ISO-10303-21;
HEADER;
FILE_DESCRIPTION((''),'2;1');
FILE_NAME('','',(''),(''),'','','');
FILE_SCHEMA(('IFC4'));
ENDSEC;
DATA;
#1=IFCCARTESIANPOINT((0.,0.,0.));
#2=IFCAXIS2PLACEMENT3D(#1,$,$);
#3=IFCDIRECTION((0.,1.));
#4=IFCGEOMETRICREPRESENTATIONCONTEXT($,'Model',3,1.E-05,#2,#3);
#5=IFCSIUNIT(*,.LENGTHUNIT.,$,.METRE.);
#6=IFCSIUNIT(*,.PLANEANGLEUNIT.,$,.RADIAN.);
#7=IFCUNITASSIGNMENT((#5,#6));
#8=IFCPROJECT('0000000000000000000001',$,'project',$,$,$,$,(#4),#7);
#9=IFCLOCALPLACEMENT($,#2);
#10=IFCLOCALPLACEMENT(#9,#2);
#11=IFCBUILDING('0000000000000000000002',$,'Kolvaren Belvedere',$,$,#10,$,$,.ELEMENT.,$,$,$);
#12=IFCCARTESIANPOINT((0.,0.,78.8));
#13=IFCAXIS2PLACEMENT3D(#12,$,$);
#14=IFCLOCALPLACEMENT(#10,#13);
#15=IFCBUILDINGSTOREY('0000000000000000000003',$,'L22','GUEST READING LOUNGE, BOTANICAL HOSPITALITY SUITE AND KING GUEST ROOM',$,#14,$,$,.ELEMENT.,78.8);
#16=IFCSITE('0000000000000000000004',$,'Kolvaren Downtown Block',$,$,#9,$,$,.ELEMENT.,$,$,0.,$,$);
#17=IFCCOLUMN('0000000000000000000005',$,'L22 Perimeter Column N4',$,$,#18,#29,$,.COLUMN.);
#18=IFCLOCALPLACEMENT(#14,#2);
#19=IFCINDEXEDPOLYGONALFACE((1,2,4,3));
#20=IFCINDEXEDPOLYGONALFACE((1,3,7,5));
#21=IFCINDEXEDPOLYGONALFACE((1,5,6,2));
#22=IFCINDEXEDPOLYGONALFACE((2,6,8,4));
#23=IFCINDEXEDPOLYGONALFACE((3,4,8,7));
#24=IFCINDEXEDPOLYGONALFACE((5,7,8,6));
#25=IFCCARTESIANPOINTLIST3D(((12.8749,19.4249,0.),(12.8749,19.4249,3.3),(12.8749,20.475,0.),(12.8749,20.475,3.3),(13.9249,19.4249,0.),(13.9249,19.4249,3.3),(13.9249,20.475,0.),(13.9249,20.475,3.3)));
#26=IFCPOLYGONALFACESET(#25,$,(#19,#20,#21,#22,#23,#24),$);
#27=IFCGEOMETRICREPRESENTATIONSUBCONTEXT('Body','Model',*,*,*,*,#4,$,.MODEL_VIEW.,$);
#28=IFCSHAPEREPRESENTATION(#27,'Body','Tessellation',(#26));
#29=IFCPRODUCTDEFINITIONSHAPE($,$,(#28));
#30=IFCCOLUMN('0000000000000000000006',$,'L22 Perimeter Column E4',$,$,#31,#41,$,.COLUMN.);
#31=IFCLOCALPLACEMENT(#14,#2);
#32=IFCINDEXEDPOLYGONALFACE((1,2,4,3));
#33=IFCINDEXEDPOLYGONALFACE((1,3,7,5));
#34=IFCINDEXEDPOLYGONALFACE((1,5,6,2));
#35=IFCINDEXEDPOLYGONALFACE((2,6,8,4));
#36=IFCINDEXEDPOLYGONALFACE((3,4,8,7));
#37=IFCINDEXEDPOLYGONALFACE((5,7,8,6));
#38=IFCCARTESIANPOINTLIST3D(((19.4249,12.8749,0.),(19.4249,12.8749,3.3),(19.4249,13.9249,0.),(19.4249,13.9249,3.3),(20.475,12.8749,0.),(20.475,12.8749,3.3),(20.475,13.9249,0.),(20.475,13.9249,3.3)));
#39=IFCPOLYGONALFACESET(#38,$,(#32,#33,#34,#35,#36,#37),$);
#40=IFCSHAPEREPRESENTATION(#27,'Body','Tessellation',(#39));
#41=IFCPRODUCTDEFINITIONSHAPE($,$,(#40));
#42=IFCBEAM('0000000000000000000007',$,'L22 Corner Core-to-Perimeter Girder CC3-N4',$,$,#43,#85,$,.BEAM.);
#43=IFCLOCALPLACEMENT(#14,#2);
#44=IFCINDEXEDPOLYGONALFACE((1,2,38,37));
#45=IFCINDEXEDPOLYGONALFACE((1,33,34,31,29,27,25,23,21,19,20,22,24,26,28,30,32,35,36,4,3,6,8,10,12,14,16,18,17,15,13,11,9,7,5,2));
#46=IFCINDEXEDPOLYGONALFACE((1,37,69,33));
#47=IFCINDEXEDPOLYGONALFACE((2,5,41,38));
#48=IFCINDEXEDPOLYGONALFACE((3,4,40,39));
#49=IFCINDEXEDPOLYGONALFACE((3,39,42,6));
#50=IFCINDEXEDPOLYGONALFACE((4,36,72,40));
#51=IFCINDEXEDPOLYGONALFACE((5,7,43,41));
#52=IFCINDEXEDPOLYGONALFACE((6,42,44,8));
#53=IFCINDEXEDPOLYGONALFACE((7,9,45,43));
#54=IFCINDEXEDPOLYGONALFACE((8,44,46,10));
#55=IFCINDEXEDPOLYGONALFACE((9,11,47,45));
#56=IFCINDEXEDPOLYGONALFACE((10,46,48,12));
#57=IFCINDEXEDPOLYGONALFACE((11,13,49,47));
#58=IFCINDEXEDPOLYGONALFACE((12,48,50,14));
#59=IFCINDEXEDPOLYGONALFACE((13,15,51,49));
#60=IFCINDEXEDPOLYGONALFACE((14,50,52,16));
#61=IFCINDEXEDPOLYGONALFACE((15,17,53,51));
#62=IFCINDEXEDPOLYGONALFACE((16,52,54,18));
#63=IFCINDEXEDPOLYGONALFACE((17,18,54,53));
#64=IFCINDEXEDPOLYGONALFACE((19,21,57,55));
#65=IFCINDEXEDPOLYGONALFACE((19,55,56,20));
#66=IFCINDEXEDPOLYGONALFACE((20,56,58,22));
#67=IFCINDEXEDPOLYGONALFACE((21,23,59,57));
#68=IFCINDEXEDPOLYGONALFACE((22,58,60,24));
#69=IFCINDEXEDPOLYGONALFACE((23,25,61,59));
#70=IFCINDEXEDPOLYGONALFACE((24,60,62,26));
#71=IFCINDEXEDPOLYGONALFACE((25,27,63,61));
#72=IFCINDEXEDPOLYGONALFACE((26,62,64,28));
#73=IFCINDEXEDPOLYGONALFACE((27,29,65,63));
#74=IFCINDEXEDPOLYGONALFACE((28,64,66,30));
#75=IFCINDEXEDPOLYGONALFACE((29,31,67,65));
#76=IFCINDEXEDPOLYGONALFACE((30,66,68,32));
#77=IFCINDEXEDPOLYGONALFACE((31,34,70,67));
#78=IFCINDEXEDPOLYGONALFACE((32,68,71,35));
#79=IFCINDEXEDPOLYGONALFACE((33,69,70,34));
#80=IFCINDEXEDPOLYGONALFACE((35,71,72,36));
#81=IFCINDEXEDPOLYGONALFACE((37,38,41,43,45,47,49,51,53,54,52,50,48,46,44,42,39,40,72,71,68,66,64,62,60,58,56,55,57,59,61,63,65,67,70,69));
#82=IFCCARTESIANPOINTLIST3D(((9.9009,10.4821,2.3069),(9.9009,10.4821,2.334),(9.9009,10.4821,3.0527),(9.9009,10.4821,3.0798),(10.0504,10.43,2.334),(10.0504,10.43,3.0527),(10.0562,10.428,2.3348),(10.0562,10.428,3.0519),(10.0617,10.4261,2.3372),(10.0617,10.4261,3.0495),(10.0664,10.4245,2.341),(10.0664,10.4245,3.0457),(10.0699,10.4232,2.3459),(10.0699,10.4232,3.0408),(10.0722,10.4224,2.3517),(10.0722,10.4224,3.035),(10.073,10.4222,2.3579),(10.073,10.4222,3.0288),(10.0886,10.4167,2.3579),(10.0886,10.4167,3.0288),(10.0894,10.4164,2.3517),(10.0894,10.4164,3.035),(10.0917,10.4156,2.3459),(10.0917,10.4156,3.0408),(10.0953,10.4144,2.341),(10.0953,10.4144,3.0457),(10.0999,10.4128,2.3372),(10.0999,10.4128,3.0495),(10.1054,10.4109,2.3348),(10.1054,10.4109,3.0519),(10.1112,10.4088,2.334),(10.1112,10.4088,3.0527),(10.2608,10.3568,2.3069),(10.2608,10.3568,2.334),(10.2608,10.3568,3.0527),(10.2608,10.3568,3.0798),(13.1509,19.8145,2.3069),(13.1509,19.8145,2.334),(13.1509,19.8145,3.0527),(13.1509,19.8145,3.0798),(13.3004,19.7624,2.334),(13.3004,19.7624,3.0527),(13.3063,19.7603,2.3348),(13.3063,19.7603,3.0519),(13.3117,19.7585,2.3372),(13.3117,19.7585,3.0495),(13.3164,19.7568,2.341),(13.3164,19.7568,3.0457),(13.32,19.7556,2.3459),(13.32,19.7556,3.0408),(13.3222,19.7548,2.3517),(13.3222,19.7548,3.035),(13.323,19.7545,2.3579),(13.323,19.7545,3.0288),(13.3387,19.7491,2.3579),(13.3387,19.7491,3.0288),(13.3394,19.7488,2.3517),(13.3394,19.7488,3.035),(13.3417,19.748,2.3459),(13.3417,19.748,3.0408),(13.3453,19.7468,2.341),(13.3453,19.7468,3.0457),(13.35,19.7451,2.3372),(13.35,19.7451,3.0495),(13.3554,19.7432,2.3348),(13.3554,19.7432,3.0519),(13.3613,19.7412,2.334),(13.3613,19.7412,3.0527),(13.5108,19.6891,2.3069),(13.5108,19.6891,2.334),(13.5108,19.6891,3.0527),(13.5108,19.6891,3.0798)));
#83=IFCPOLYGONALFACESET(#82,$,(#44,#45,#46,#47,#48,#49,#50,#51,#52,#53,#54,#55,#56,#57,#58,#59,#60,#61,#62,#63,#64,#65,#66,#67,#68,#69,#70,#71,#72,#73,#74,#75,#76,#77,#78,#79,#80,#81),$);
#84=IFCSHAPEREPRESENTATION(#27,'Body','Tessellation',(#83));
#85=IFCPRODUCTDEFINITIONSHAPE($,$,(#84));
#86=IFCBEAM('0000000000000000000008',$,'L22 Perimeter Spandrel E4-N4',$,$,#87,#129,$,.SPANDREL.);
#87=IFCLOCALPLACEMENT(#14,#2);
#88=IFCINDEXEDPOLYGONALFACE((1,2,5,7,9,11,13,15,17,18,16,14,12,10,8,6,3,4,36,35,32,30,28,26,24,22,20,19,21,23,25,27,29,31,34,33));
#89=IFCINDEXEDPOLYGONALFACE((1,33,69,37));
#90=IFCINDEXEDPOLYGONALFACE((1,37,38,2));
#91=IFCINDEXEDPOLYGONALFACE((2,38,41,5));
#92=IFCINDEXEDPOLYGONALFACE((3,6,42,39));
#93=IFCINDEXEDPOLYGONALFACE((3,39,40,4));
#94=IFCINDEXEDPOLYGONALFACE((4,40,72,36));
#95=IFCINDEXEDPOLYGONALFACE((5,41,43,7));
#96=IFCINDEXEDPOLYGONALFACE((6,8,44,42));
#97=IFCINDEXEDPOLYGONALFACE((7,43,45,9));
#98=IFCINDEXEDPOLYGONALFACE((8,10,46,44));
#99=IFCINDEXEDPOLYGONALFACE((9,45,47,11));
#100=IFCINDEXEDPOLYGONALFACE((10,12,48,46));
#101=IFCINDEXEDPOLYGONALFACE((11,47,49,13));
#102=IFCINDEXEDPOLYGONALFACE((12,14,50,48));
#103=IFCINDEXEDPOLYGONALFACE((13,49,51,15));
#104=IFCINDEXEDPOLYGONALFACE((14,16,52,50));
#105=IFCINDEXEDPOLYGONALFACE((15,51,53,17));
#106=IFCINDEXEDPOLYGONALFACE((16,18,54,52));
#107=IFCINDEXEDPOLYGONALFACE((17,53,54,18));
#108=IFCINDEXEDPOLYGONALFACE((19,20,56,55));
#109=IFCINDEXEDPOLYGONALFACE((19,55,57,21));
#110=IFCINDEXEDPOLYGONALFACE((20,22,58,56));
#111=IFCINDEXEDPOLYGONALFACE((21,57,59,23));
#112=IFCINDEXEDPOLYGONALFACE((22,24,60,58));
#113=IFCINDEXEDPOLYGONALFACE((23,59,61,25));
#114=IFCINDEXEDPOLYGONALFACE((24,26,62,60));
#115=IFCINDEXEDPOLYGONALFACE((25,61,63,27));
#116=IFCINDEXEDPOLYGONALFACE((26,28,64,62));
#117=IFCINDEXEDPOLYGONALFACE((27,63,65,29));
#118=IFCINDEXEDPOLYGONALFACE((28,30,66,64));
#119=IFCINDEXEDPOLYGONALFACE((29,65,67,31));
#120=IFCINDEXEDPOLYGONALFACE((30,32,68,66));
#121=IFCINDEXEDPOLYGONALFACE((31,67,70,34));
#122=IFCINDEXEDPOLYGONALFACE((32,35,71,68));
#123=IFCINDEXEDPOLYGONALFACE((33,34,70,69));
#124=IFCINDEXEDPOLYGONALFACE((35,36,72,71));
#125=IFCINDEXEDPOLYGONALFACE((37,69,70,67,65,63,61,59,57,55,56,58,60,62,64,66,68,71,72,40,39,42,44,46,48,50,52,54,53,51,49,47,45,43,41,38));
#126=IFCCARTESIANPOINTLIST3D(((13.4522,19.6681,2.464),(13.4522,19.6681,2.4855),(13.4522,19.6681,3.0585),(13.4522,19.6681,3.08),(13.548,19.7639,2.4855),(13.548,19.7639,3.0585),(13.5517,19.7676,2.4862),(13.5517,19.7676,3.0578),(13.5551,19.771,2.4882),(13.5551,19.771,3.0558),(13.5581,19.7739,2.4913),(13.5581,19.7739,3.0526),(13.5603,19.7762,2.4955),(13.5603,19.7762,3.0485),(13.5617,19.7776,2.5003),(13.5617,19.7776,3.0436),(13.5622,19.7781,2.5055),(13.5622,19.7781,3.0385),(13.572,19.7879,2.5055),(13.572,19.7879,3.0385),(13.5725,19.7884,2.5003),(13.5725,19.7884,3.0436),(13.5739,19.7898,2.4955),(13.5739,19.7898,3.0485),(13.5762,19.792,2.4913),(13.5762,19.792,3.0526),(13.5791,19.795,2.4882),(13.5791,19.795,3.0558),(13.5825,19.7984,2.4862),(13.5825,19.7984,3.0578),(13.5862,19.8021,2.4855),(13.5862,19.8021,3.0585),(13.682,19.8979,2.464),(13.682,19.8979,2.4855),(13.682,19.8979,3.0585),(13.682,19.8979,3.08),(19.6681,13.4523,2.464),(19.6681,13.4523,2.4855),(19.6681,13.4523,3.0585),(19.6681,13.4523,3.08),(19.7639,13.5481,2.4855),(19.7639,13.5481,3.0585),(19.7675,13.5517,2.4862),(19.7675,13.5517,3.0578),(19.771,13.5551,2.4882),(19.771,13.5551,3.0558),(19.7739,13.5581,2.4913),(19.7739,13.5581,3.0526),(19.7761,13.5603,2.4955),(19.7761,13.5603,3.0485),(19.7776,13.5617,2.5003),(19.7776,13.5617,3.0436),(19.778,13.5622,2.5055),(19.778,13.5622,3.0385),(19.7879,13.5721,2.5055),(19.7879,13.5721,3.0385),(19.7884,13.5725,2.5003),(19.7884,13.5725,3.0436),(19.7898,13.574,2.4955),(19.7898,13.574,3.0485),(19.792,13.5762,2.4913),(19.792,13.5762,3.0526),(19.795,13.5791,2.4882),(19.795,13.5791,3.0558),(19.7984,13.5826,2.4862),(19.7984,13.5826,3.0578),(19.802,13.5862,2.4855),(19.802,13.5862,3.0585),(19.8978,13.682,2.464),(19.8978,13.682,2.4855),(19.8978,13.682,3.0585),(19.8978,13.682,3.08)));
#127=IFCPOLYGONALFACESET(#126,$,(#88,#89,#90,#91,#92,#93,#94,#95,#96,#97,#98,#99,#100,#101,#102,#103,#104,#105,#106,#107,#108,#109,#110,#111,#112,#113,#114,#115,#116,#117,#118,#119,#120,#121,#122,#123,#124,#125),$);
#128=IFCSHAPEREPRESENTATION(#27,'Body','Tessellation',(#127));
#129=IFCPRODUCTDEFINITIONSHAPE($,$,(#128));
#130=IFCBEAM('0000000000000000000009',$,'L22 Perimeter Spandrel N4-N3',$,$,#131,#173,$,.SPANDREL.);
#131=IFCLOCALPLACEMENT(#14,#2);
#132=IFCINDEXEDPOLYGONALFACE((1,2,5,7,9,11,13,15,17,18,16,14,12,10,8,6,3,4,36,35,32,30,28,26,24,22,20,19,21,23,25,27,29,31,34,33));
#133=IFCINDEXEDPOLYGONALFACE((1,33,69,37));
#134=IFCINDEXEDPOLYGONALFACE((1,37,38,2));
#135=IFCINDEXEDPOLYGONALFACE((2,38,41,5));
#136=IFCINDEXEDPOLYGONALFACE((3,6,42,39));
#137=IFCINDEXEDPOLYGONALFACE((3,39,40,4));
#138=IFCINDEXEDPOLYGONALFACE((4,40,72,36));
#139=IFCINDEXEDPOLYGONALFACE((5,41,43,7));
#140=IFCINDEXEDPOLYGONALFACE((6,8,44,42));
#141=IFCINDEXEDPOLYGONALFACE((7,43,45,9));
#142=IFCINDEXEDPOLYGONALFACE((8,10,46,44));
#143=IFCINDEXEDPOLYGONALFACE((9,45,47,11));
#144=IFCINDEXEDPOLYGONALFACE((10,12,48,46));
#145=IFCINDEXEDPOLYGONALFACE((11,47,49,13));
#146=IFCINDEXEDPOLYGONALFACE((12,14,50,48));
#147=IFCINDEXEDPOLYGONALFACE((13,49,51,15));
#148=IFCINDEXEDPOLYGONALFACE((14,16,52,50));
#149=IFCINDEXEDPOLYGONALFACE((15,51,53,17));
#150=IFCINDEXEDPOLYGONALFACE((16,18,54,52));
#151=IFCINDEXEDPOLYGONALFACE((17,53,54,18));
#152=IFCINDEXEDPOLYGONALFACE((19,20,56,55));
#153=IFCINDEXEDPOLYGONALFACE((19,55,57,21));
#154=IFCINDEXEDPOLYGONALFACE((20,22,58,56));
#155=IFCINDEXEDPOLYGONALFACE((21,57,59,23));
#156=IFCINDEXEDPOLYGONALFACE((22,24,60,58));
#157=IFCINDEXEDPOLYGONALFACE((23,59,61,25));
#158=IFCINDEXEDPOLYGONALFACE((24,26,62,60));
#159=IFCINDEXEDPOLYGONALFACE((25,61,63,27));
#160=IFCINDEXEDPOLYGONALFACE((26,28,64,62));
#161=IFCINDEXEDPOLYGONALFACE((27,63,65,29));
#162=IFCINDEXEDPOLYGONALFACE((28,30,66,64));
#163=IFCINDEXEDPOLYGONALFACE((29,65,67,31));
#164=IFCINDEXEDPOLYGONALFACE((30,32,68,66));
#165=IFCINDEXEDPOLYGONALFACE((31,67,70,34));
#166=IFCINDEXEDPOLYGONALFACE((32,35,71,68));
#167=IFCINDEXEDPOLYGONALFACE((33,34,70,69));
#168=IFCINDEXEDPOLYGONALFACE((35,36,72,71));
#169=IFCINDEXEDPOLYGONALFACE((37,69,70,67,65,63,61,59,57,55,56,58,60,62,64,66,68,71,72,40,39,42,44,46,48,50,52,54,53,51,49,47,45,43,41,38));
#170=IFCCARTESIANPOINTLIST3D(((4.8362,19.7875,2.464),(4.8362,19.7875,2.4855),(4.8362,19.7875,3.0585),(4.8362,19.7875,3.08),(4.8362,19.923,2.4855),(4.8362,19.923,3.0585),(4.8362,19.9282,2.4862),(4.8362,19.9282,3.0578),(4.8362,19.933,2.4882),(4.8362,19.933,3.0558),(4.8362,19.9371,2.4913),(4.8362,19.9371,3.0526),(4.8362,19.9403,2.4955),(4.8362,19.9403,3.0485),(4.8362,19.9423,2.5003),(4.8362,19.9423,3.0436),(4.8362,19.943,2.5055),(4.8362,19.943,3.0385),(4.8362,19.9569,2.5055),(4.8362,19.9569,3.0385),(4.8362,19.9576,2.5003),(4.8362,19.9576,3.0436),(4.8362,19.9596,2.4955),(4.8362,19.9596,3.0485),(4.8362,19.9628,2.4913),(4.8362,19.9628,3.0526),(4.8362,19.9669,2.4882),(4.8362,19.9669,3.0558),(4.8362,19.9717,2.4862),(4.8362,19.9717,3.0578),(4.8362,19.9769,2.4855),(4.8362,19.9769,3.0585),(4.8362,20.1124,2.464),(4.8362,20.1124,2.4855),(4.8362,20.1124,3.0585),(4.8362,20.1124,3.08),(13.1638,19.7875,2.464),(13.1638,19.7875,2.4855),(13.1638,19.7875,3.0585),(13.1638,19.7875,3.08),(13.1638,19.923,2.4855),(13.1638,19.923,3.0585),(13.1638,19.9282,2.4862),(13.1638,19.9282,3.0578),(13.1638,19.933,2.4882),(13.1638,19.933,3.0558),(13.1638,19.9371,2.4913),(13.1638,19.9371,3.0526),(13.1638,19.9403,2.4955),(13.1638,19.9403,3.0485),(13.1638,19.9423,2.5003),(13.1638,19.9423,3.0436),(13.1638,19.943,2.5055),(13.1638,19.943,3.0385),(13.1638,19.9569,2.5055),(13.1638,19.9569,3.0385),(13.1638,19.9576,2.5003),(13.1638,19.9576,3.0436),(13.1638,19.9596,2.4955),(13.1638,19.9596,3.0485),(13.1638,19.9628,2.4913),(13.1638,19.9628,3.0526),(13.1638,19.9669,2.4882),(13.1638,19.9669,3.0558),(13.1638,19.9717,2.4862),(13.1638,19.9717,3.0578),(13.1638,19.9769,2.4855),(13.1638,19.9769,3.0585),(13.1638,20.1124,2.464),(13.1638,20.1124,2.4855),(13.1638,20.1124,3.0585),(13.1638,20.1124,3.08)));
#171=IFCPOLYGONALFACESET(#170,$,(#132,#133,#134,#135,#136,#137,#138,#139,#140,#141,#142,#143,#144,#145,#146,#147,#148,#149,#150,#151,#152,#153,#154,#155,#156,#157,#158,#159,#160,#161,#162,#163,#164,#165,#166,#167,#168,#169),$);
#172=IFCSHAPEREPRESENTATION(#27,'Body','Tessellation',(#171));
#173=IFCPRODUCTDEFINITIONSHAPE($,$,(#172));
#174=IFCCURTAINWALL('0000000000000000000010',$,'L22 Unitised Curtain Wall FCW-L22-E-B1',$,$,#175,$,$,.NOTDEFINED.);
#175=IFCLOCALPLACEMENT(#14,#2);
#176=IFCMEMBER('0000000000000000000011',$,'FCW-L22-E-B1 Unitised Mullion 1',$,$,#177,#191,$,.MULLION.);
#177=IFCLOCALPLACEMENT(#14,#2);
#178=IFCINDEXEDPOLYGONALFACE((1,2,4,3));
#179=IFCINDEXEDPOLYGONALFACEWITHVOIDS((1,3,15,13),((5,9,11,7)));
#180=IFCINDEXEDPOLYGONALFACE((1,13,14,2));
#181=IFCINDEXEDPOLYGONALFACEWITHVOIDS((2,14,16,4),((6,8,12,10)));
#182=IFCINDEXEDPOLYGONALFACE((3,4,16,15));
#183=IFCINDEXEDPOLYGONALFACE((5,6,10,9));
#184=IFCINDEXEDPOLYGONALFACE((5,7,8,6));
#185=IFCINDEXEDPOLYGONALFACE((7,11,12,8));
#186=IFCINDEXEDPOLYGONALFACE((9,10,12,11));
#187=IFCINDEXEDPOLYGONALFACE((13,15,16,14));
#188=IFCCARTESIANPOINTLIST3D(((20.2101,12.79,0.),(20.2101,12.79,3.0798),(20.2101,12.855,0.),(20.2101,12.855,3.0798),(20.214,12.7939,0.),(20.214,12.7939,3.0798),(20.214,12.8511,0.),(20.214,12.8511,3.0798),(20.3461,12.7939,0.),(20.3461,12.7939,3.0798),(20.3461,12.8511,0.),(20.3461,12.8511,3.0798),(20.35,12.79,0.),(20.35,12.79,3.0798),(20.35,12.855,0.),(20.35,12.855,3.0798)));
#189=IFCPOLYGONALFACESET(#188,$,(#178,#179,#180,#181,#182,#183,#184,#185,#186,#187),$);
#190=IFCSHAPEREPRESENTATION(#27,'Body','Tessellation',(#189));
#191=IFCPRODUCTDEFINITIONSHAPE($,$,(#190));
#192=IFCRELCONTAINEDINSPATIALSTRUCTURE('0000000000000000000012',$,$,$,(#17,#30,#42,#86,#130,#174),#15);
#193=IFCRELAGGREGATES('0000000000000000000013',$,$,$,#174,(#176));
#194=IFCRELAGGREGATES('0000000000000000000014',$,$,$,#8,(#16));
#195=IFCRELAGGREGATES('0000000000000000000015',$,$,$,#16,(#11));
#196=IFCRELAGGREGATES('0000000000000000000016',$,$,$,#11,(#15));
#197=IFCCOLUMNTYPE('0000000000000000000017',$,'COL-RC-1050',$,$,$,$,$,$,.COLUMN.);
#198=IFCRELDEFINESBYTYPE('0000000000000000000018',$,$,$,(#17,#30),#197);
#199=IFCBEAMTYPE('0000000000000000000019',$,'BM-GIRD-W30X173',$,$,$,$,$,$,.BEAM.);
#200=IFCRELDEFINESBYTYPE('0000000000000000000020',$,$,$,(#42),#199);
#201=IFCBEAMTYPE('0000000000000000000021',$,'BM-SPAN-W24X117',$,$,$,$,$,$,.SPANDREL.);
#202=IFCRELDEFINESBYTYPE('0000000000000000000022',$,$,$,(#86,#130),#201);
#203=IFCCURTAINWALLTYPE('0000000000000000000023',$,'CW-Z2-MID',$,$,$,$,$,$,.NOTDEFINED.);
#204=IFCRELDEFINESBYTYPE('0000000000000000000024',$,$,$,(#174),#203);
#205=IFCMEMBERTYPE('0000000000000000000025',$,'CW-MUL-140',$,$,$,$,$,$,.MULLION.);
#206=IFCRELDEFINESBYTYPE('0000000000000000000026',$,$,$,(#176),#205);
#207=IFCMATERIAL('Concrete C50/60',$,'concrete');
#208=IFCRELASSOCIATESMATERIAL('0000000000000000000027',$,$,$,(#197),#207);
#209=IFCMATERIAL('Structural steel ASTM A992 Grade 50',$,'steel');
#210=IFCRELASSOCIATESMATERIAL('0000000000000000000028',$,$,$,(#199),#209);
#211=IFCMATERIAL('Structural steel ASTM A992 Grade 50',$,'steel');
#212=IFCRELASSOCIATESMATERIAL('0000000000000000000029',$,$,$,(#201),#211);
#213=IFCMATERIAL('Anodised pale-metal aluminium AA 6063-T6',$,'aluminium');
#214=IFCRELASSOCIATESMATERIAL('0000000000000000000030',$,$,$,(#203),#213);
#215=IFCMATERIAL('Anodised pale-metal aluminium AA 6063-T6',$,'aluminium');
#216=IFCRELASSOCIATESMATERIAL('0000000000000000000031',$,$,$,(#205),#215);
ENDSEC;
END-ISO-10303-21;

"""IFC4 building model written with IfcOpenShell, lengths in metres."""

from ifc_helpers import new_model, si_unit, direction, frame, origin, origin_2d, place, context, subcontext, project, spatial, rectangle, hollow_rectangle, i_section, extrude, material, material_profile, profile_set, type_object, element, aggregate, save


model = new_model("IFC4")

# Units and contexts
model_context = context("Model", 3, precision=1e-05, world=origin(), true_north=direction((0.0, 1.0)))
body_context = subcontext(model_context, "Body", "Model", "MODEL_VIEW")
ifc_project = project(units=[si_unit("LENGTHUNIT", "METRE"), si_unit("PLANEANGLEUNIT", "RADIAN")], contexts=[model_context])

# Site, building, storey
site_placement = place(None, origin())
site = spatial("IfcSite", under=ifc_project, at=site_placement, Name="Kolvaren Downtown Block", CompositionType="ELEMENT", RefElevation=0.0)
building_placement = place(site_placement, origin())
building = spatial("IfcBuilding", under=site, at=building_placement, Name="Kolvaren Belvedere", CompositionType="ELEMENT")
storey_placement = place(building_placement, frame((0.0, 0.0, 78.8)))
storey = spatial("IfcBuildingStorey", under=building, at=storey_placement, Name="L22", Description="GUEST READING LOUNGE, BOTANICAL HOSPITALITY SUITE AND KING GUEST ROOM", CompositionType="ELEMENT", Elevation=78.8)

# Columns
ifc_material_1 = material(Name="Concrete C50/60", Category="concrete")
ifc_material_profile_1 = material_profile(ifc_material_1, rectangle(XDim=1.05, YDim=1.05, at=origin_2d()), Name="RC 1050X1050")
ifc_profile_set_1 = profile_set([ifc_material_profile_1], Name="Concrete C50/60")
column_type = type_object("IfcColumnType", Name="COL-RC-1050", PredefinedType="COLUMN", material=ifc_profile_set_1)
for number, where, z_axis, x_axis, name in (
    (1, (13.3999, 19.95, 0.0), (0.0, 0.0, 1.0), (1.0, 0.0, 0.0), "L22 Perimeter Column N4"),
    (2, (19.95, 13.3999, 0.0), (0.0, 0.0, 1.0), (1.0, 0.0, 0.0), "L22 Perimeter Column E4"),
):
    element("IfcColumn", number, at=place(storey_placement, frame(where, z_axis=z_axis, x_axis=x_axis)), inside=storey, type_object=column_type, Name=name, PredefinedType="COLUMN", context=body_context, shape_type="SweptSolid", body=[
        extrude(rectangle(XDim=1.05, YDim=1.05, at=origin_2d()), origin(), (0.0, 0.0, 1.0), 3.3),
    ])

# Beams
ifc_material_2 = material(Name="Structural steel ASTM A992 Grade 50", Category="steel")
ifc_material_profile_2 = material_profile(ifc_material_2, i_section(OverallWidth=0.3811, OverallDepth=0.7729, WebThickness=0.0166, FlangeThickness=0.0271, FilletRadius=0.0239, at=origin_2d()), Name="W30X173")
ifc_profile_set_2 = profile_set([ifc_material_profile_2], Name="Structural steel ASTM A992 Grade 50")
beam_type_1 = type_object("IfcBeamType", Name="BM-GIRD-W30X173", PredefinedType="BEAM", material=ifc_profile_set_2)
beam_1_placement = place(storey_placement, frame((10.0808, 10.4194, 2.6934), z_axis=(0.328881, 0.944371, 0.0), x_axis=(-0.944371, 0.328881, 0.0)))
element("IfcBeam", 3, at=beam_1_placement, inside=storey, type_object=beam_type_1, Name="L22 Corner Core-to-Perimeter Girder CC3-N4", PredefinedType="BEAM", context=body_context, shape_type="SweptSolid", body=[
    extrude(i_section(OverallWidth=0.3811, OverallDepth=0.7729, WebThickness=0.0166, FlangeThickness=0.0271, FilletRadius=0.0239, at=origin_2d()), origin(), (0.0, 0.0, 1.0), 9.8821),
])
ifc_material_3 = material(Name="Structural steel ASTM A992 Grade 50", Category="steel")
ifc_material_profile_3 = material_profile(ifc_material_3, i_section(OverallWidth=0.325, OverallDepth=0.616, WebThickness=0.0139, FlangeThickness=0.0215, FilletRadius=0.02, at=origin_2d()), Name="W24X117")
ifc_profile_set_3 = profile_set([ifc_material_profile_3], Name="Structural steel ASTM A992 Grade 50")
beam_type_2 = type_object("IfcBeamType", Name="BM-SPAN-W24X117", PredefinedType="SPANDREL", material=ifc_profile_set_3)
beam_2_placement = place(storey_placement, frame((19.783, 13.5671, 2.772), z_axis=(-0.707107, 0.707107, 0.0), x_axis=(-0.707107, -0.707107, 0.0)))
element("IfcBeam", 4, at=beam_2_placement, inside=storey, type_object=beam_type_2, Name="L22 Perimeter Spandrel E4-N4", PredefinedType="SPANDREL", context=body_context, shape_type="SweptSolid", body=[
    extrude(i_section(OverallWidth=0.325, OverallDepth=0.616, WebThickness=0.0139, FlangeThickness=0.0215, FilletRadius=0.02, at=origin_2d()), origin(), (0.0, 0.0, 1.0), 8.7905),
])
beam_3_placement = place(storey_placement, frame((13.1638, 19.95, 2.772), z_axis=(-1.0, 0.0, 0.0), x_axis=(0.0, -1.0, 0.0)))
element("IfcBeam", 5, at=beam_3_placement, inside=storey, type_object=beam_type_2, Name="L22 Perimeter Spandrel N4-N3", PredefinedType="SPANDREL", context=body_context, shape_type="SweptSolid", body=[
    extrude(i_section(OverallWidth=0.325, OverallDepth=0.616, WebThickness=0.0139, FlangeThickness=0.0215, FilletRadius=0.02, at=origin_2d()), origin(), (0.0, 0.0, 1.0), 8.3276),
])

# Curtain wall, member
ifc_material_4 = material(Name="Anodised pale-metal aluminium AA 6063-T6", Category="aluminium")
curtain_wall_type = type_object("IfcCurtainWallType", Name="CW-Z2-MID", PredefinedType="NOTDEFINED", material=ifc_material_4)
curtain_wall_1_placement = place(storey_placement, origin())
curtain_wall_1 = element("IfcCurtainWall", 6, at=curtain_wall_1_placement, inside=storey, type_object=curtain_wall_type, Name="L22 Unitised Curtain Wall FCW-L22-E-B1", PredefinedType="NOTDEFINED")
ifc_material_5 = material(Name="Anodised pale-metal aluminium AA 6063-T6", Category="aluminium")
ifc_material_profile_4 = material_profile(ifc_material_5, hollow_rectangle(XDim=0.0649, YDim=0.1399, WallThickness=0.0039, at=origin_2d()), Name="ALU-MUL-140X65")
ifc_profile_set_4 = profile_set([ifc_material_profile_4], Name="Anodised pale-metal aluminium AA 6063-T6")
member_type_1 = type_object("IfcMemberType", Name="CW-MUL-140", PredefinedType="MULLION", material=ifc_profile_set_4)
member_1_placement = place(storey_placement, frame((20.28, 12.8225, 0.0), z_axis=(0.0, 0.0, 1.0), x_axis=(0.0, 1.0, 0.0)))
member_1 = element("IfcMember", 7, at=member_1_placement, type_object=member_type_1, Name="FCW-L22-E-B1 Unitised Mullion 1", PredefinedType="MULLION", context=body_context, shape_type="SweptSolid", body=[
    extrude(hollow_rectangle(XDim=0.0649, YDim=0.1399, WallThickness=0.0039, at=origin_2d()), origin(), (0.0, 0.0, 1.0), 3.0798),
])

aggregate(curtain_wall_1, [member_1])

save(model, "model.ifc")
